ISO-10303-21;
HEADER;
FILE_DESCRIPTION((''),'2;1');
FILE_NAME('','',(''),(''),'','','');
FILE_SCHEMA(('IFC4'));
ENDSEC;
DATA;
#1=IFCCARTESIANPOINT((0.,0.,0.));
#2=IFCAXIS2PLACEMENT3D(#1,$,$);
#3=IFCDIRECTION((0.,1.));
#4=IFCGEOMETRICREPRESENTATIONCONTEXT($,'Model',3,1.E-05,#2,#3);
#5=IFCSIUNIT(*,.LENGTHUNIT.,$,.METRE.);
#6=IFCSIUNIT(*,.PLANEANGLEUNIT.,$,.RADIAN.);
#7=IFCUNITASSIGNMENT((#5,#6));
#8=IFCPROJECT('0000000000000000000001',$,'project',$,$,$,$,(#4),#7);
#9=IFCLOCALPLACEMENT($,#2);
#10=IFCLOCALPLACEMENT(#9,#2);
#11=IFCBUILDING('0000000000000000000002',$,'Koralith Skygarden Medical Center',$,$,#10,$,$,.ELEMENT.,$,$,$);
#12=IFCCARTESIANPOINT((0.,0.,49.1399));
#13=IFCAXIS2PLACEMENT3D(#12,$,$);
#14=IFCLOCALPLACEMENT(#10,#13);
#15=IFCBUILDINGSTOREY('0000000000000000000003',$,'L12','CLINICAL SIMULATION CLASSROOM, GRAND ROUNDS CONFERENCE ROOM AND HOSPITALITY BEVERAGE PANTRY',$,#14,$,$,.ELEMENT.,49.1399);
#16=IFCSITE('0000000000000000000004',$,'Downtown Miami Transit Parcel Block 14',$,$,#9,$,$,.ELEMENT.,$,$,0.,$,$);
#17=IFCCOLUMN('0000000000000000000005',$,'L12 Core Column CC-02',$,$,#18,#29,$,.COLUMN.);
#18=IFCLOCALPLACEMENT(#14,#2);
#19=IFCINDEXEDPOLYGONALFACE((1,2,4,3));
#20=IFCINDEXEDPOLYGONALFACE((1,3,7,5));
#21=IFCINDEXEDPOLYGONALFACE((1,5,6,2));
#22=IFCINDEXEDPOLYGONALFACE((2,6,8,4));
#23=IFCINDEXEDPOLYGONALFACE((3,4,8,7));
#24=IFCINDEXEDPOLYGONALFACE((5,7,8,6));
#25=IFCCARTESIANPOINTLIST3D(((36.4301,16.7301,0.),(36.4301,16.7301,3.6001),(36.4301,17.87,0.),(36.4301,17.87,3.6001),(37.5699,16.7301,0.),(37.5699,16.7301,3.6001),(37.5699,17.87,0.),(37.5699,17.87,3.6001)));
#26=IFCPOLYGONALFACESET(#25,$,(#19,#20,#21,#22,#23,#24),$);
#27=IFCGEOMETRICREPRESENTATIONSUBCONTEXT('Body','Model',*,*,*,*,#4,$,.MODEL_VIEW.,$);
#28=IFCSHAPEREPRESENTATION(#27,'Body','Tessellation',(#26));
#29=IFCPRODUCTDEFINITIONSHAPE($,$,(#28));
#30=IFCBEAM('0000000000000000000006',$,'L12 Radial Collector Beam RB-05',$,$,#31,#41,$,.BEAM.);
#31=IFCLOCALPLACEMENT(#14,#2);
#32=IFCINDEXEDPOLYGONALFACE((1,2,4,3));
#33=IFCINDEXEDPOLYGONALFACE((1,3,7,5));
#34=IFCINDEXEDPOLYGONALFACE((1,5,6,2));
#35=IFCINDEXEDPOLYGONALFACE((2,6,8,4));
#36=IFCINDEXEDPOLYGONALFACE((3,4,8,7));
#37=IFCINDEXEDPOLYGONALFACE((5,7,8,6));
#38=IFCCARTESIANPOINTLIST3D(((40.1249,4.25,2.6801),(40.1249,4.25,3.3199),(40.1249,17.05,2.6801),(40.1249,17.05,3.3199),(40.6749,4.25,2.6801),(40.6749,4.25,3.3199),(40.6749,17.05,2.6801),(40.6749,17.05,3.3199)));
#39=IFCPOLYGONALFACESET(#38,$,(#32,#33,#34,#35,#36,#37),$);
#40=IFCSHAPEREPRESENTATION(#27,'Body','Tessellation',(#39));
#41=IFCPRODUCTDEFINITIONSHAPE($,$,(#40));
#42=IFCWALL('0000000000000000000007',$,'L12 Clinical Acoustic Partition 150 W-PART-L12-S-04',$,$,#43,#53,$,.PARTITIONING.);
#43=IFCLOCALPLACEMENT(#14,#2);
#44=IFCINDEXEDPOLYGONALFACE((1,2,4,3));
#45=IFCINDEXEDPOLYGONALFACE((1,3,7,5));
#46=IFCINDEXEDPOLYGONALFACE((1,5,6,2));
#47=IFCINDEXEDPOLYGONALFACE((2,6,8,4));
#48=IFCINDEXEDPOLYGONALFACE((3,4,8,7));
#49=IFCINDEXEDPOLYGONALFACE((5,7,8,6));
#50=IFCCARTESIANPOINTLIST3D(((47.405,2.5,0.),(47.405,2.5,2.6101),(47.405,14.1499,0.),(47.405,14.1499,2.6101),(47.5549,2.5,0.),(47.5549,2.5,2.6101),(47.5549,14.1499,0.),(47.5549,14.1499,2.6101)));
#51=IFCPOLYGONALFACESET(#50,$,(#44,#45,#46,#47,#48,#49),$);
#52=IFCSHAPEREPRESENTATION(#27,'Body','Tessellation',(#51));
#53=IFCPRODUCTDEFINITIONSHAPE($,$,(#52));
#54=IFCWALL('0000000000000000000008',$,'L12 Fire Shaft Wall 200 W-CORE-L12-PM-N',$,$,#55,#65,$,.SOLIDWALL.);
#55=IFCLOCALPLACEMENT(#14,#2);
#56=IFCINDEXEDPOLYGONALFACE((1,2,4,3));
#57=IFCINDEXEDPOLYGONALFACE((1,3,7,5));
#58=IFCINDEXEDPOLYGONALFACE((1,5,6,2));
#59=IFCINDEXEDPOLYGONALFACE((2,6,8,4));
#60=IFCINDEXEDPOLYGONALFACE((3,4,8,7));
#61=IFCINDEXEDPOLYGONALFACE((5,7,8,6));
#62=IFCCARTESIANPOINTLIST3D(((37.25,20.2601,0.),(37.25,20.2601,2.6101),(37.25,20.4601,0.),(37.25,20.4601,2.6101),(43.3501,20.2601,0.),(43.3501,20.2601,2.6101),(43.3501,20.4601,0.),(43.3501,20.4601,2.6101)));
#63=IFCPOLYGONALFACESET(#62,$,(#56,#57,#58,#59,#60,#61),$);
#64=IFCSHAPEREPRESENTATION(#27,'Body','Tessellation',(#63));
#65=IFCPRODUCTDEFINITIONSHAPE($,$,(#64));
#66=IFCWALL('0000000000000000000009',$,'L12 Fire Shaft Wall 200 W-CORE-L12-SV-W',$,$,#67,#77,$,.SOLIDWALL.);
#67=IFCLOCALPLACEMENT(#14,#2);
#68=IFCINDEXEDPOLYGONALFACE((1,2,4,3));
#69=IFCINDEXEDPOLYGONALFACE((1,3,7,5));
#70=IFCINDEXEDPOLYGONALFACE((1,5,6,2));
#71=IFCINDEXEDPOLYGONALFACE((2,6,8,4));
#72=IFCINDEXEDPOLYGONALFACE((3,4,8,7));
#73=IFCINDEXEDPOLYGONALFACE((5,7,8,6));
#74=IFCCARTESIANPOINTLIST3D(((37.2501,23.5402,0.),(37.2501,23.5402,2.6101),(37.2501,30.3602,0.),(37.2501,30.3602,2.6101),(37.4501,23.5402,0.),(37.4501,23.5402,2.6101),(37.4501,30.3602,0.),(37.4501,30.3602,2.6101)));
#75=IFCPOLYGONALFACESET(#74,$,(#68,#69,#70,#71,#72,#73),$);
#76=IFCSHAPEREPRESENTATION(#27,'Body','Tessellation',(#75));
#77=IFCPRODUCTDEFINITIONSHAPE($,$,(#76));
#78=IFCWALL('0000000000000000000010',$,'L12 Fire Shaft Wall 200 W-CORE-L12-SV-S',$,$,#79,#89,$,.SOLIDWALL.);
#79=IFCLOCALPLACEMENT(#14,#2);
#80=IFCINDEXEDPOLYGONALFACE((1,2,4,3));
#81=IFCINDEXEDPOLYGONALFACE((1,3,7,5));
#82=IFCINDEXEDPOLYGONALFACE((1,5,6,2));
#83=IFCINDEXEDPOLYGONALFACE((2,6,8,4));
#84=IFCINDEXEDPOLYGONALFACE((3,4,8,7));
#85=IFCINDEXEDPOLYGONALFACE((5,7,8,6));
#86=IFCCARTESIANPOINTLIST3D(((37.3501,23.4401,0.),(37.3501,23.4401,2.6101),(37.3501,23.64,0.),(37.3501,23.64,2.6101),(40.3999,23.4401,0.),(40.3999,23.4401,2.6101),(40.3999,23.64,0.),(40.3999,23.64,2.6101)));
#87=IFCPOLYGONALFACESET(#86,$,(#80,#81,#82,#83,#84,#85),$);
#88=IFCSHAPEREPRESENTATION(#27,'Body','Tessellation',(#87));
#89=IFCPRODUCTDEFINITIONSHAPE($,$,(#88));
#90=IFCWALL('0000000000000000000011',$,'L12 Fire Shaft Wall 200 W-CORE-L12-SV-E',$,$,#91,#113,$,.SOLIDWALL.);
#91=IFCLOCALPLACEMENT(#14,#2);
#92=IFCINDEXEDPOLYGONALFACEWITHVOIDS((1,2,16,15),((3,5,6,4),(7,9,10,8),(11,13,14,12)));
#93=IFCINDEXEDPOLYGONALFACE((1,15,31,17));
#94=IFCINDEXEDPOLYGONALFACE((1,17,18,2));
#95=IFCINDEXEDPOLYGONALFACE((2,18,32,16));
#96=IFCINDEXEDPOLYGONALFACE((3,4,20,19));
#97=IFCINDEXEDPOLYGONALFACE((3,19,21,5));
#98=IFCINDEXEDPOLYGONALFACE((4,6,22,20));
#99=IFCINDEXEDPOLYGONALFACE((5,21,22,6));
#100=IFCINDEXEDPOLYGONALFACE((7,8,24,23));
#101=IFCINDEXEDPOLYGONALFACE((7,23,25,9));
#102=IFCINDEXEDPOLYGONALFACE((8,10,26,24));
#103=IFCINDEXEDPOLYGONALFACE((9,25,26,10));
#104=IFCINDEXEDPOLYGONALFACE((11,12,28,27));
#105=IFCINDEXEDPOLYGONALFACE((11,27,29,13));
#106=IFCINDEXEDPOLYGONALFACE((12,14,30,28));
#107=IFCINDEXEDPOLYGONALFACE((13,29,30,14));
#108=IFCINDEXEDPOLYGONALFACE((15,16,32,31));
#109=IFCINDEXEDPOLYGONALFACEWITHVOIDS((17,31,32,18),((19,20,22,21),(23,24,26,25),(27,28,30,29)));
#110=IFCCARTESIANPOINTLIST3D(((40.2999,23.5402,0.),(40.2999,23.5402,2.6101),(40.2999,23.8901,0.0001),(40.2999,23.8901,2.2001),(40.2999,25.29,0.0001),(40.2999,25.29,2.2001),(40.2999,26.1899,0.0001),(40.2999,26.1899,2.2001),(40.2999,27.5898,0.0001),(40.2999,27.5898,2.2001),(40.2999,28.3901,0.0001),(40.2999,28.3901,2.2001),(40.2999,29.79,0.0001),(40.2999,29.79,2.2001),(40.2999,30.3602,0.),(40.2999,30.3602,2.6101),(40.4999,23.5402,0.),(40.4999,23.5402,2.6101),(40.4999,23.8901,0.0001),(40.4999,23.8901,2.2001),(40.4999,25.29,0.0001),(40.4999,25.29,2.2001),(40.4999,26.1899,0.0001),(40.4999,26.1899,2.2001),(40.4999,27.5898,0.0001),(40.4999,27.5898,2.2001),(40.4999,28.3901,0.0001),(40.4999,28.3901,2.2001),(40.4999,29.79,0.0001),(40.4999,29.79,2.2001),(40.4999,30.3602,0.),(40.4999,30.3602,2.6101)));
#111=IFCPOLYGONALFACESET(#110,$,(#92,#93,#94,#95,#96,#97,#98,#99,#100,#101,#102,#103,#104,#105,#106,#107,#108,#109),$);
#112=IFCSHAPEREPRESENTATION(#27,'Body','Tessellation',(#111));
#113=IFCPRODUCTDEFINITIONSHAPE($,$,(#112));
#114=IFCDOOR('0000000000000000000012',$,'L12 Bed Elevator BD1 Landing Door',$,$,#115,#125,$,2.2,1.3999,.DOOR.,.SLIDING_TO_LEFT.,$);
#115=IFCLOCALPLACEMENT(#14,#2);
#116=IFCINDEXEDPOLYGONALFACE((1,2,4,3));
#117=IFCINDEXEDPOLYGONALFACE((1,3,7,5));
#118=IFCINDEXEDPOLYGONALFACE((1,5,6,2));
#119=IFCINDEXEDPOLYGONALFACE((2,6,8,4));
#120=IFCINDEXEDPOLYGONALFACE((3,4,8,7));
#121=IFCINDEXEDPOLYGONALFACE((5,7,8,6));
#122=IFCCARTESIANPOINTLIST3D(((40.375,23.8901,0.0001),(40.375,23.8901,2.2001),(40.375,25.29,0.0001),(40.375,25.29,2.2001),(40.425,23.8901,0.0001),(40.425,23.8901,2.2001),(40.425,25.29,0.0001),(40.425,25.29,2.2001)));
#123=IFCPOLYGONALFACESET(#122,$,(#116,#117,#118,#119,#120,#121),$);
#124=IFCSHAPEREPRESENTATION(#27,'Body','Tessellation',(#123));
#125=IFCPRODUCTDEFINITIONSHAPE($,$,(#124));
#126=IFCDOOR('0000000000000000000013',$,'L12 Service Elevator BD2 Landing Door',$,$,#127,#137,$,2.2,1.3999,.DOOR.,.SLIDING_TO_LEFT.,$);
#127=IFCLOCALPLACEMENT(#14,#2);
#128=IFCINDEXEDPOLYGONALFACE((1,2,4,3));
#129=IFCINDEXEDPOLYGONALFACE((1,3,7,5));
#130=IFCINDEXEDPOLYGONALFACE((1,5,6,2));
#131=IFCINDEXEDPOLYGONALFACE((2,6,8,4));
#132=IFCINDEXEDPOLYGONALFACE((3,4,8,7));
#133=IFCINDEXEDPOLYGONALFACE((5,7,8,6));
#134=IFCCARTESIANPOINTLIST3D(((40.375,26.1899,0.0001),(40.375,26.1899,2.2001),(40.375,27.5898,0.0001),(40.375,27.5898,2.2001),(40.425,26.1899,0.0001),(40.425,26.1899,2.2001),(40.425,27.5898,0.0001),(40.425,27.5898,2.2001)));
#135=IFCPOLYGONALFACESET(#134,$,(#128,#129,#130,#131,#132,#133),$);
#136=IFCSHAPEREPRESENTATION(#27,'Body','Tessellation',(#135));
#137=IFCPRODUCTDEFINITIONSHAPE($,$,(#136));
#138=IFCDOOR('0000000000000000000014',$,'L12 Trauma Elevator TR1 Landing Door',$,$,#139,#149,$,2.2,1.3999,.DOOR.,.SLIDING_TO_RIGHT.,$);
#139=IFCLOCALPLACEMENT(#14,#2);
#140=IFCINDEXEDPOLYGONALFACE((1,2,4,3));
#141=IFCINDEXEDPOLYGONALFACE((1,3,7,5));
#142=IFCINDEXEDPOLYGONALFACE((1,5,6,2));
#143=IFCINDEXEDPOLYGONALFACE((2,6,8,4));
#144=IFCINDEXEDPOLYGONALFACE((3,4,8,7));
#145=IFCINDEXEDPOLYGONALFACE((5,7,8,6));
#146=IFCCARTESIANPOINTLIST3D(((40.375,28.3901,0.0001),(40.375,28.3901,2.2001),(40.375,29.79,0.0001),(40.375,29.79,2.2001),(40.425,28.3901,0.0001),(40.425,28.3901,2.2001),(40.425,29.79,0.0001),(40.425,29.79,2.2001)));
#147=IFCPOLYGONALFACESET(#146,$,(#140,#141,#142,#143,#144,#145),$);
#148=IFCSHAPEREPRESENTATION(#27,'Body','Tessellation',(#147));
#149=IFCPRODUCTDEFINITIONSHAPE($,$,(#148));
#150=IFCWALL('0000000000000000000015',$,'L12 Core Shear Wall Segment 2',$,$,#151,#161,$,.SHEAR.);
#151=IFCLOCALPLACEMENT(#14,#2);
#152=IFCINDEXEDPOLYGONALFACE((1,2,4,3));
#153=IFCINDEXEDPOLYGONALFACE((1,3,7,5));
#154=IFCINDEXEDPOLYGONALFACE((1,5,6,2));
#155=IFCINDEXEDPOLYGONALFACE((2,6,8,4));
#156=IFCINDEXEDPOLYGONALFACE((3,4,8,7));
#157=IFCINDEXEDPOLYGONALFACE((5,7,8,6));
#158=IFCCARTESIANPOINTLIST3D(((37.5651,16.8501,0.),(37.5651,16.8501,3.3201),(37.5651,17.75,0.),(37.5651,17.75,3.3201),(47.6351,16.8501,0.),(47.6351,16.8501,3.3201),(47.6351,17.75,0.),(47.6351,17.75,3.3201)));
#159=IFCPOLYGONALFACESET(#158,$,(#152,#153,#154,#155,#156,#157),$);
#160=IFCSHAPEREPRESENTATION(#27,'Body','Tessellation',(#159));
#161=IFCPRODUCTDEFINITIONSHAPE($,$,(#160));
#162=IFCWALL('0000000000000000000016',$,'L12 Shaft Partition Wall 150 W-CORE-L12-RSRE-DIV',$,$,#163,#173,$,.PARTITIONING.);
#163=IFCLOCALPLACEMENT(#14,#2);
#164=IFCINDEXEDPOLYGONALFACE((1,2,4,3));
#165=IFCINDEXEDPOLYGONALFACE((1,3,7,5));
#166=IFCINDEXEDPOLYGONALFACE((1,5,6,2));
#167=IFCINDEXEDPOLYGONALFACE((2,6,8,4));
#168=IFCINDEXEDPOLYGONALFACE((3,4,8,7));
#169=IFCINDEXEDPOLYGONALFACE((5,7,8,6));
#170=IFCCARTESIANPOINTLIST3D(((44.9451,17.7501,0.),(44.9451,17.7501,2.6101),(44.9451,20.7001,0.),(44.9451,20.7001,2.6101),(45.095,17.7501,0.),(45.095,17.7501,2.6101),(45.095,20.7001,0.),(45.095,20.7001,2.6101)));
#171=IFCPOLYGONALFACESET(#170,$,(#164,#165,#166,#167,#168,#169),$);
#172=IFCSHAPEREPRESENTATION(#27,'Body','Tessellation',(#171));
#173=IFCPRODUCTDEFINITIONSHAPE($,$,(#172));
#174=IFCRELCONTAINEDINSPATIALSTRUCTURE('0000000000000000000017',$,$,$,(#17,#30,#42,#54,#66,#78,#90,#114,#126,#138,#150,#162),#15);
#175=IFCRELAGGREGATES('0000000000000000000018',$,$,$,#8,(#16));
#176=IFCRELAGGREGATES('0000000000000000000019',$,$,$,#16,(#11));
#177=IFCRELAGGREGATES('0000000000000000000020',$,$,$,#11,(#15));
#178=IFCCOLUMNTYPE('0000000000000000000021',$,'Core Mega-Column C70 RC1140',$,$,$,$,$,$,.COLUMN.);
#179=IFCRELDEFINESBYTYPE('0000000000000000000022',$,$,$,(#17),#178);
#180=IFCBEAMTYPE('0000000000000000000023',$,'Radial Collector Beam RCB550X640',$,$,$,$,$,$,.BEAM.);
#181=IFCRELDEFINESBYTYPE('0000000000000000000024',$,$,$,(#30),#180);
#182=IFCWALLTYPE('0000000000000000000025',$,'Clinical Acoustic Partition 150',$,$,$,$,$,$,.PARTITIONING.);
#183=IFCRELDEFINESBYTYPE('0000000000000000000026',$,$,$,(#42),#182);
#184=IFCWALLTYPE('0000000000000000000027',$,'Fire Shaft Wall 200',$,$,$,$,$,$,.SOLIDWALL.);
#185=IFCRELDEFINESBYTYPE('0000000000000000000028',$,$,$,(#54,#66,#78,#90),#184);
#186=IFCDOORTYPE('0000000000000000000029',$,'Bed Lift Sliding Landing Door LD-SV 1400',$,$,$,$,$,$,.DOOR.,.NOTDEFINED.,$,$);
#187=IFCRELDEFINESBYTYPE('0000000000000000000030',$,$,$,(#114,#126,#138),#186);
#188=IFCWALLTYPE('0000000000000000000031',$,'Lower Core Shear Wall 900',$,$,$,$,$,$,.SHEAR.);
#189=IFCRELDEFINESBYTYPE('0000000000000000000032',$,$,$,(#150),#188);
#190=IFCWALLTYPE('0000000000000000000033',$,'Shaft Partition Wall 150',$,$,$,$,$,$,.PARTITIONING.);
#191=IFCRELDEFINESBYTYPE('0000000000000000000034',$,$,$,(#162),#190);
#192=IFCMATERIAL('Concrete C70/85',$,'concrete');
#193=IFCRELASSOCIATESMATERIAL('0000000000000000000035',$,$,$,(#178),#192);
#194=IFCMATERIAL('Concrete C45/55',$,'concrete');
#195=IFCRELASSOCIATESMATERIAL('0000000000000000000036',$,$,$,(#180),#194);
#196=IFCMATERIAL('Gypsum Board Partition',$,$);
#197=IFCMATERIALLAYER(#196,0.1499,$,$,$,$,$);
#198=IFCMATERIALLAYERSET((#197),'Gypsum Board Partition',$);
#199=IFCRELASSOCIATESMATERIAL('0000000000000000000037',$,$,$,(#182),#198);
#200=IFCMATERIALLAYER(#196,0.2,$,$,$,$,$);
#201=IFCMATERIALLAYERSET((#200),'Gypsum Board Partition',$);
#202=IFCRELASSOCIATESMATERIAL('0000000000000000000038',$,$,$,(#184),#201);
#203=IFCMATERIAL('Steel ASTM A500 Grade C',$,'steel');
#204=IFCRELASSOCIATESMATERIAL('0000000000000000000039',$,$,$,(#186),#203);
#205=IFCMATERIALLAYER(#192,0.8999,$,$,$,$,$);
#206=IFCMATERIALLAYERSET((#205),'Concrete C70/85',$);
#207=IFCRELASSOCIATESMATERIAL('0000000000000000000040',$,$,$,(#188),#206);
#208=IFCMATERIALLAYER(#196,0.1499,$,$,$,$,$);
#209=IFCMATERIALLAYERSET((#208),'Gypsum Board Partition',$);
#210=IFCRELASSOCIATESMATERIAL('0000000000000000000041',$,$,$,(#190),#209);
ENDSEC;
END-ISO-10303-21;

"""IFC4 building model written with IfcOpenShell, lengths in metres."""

from ifc_helpers import new_model, si_unit, direction, frame, frame_2d, origin, origin_2d, place, context, subcontext, project, spatial, rectangle, extrude, material, layer, layer_set, material_profile, profile_set, type_object, element, fill, save


model = new_model("IFC4")

# Units and contexts
model_context = context("Model", 3, precision=1e-05, world=origin(), true_north=direction((0.0, 1.0)))
body_context = subcontext(model_context, "Body", "Model", "MODEL_VIEW")
ifc_project = project(units=[si_unit("LENGTHUNIT", "METRE"), si_unit("PLANEANGLEUNIT", "RADIAN")], contexts=[model_context])

# Site, building, storey
site_placement = place(None, origin())
site = spatial("IfcSite", under=ifc_project, at=site_placement, Name="Downtown Miami Transit Parcel Block 14", CompositionType="ELEMENT", RefElevation=0.0)
building_placement = place(site_placement, origin())
building = spatial("IfcBuilding", under=site, at=building_placement, Name="Koralith Skygarden Medical Center", CompositionType="ELEMENT")
storey_placement = place(building_placement, frame((0.0, 0.0, 49.1399)))
storey = spatial("IfcBuildingStorey", under=building, at=storey_placement, Name="L12", Description="CLINICAL SIMULATION CLASSROOM, GRAND ROUNDS CONFERENCE ROOM AND HOSPITALITY BEVERAGE PANTRY", CompositionType="ELEMENT", Elevation=49.1399)

# Column
ifc_material_1 = material(Name="Concrete C70/85", Category="concrete")
ifc_material_profile_1 = material_profile(ifc_material_1, rectangle(XDim=1.1399, YDim=1.1399, at=origin_2d()), Name="RC1140X1140")
ifc_profile_set_1 = profile_set([ifc_material_profile_1], Name="Concrete C70/85")
column_type = type_object("IfcColumnType", Name="Core Mega-Column C70 RC1140", PredefinedType="COLUMN", material=ifc_profile_set_1)
column_placement = place(storey_placement, frame((37.0, 17.3, 0.0), z_axis=(0.0, 0.0, 1.0), x_axis=(1.0, 0.0, 0.0)))
element("IfcColumn", 1, at=column_placement, inside=storey, type_object=column_type, Name="L12 Core Column CC-02", PredefinedType="COLUMN", context=body_context, shape_type="SweptSolid", body=[
    extrude(rectangle(XDim=1.1399, YDim=1.1399, at=origin_2d()), origin(), (0.0, 0.0, 1.0), 3.6001),
])

# Beam
ifc_material_2 = material(Name="Concrete C45/55", Category="concrete")
ifc_material_profile_2 = material_profile(ifc_material_2, rectangle(XDim=0.55, YDim=0.6399, at=origin_2d()), Name="RCB550X640")
ifc_profile_set_2 = profile_set([ifc_material_profile_2], Name="Concrete C45/55")
beam_type = type_object("IfcBeamType", Name="Radial Collector Beam RCB550X640", PredefinedType="BEAM", material=ifc_profile_set_2)
beam_placement = place(storey_placement, frame((40.3999, 17.05, 3.0), z_axis=(0.0, -1.0, 0.0), x_axis=(1.0, 0.0, 0.0)))
element("IfcBeam", 2, at=beam_placement, inside=storey, type_object=beam_type, Name="L12 Radial Collector Beam RB-05", PredefinedType="BEAM", context=body_context, shape_type="SweptSolid", body=[
    extrude(rectangle(XDim=0.55, YDim=0.6399, at=origin_2d()), origin(), (0.0, 0.0, 1.0), 12.8),
])

# Wall
ifc_material_3 = material(Name="Gypsum Board Partition")
ifc_layer_1 = layer(ifc_material_3, 0.1499)
ifc_layer_set_1 = layer_set([ifc_layer_1], Name="Gypsum Board Partition")
wall_type_1 = type_object("IfcWallType", Name="Clinical Acoustic Partition 150", PredefinedType="PARTITIONING", material=ifc_layer_set_1)
wall_1_placement = place(storey_placement, frame((47.48, 14.1499, 0.0), z_axis=(0.0, 0.0, 1.0), x_axis=(0.0, -1.0, 0.0)))
element("IfcWall", 3, at=wall_1_placement, inside=storey, type_object=wall_type_1, Name="L12 Clinical Acoustic Partition 150 W-PART-L12-S-04", PredefinedType="PARTITIONING", context=body_context, shape_type="SweptSolid", body=[
    extrude(rectangle(XDim=11.6499, YDim=0.1499, at=frame_2d((5.825, 0.0))), origin(), (0.0, 0.0, 1.0), 2.6101),
])

# Shared definitions
ifc_layer_2 = layer(ifc_material_3, 0.2)
ifc_layer_set_2 = layer_set([ifc_layer_2], Name="Gypsum Board Partition")
wall_type_2 = type_object("IfcWallType", Name="Fire Shaft Wall 200", PredefinedType="SOLIDWALL", material=ifc_layer_set_2)
ifc_material_4 = material(Name="Steel ASTM A500 Grade C", Category="steel")

# Walls
wall_2_placement = place(storey_placement, frame((37.25, 20.3601, 0.0), z_axis=(0.0, 0.0, 1.0), x_axis=(1.0, 0.0, 0.0)))
element("IfcWall", 4, at=wall_2_placement, inside=storey, type_object=wall_type_2, Name="L12 Fire Shaft Wall 200 W-CORE-L12-PM-N", PredefinedType="SOLIDWALL", context=body_context, shape_type="SweptSolid", body=[
    extrude(rectangle(XDim=6.1001, YDim=0.2, at=frame_2d((3.05, 0.0))), origin(), (0.0, 0.0, 1.0), 2.6101),
])
wall_3_placement = place(storey_placement, frame((37.3501, 23.54, 0.0), z_axis=(0.0, 0.0, 1.0), x_axis=(0.0, 1.0, 0.0)))
element("IfcWall", 5, at=wall_3_placement, inside=storey, type_object=wall_type_2, Name="L12 Fire Shaft Wall 200 W-CORE-L12-SV-W", PredefinedType="SOLIDWALL", context=body_context, shape_type="SweptSolid", body=[
    extrude(rectangle(XDim=6.8201, YDim=0.2, at=frame_2d((3.4102, 0.0))), origin(), (0.0, 0.0, 1.0), 2.6101),
])
wall_4_placement = place(storey_placement, frame((37.3501, 23.54, 0.0), z_axis=(0.0, 0.0, 1.0), x_axis=(1.0, 0.0, 0.0)))
element("IfcWall", 6, at=wall_4_placement, inside=storey, type_object=wall_type_2, Name="L12 Fire Shaft Wall 200 W-CORE-L12-SV-S", PredefinedType="SOLIDWALL", context=body_context, shape_type="SweptSolid", body=[
    extrude(rectangle(XDim=3.0498, YDim=0.2, at=frame_2d((1.5249, 0.0))), origin(), (0.0, 0.0, 1.0), 2.6101),
])

# Wall, openings, doors
wall_5_placement = place(storey_placement, frame((40.3999, 23.54, 0.0), z_axis=(0.0, 0.0, 1.0), x_axis=(0.0, 1.0, 0.0)))
wall_5 = element("IfcWall", 7, at=wall_5_placement, inside=storey, type_object=wall_type_2, Name="L12 Fire Shaft Wall 200 W-CORE-L12-SV-E", PredefinedType="SOLIDWALL", context=body_context, shape_type="SweptSolid", body=[
    extrude(rectangle(XDim=6.8201, YDim=0.2, at=frame_2d((3.4102, 0.0))), origin(), (0.0, 0.0, 1.0), 2.6101),
])
opening_1_placement = place(wall_5_placement, frame((0.3501, 0.0, 0.0)))
opening_1 = element("IfcOpeningElement", 8, at=opening_1_placement, cuts=wall_5, PredefinedType="OPENING", context=body_context, shape_type="SweptSolid", body=[
    extrude(rectangle(XDim=1.3999, YDim=2.2, at=frame_2d((0.7, 1.1001))), frame((0.0, 0.1099, 0.0), z_axis=(0.0, -1.0, 0.0), x_axis=(1.0, 0.0, 0.0)), (0.0, 0.0, 1.0), 0.22),
])
opening_2_placement = place(wall_5_placement, frame((2.6499, 0.0, 0.0)))
opening_2 = element("IfcOpeningElement", 9, at=opening_2_placement, cuts=wall_5, PredefinedType="OPENING", context=body_context, shape_type="SweptSolid", body=[
    extrude(rectangle(XDim=1.3999, YDim=2.2, at=frame_2d((0.7, 1.1001))), frame((0.0, 0.1099, 0.0), z_axis=(0.0, -1.0, 0.0), x_axis=(1.0, 0.0, 0.0)), (0.0, 0.0, 1.0), 0.22),
])
opening_3_placement = place(wall_5_placement, frame((4.8501, 0.0, 0.0)))
opening_3 = element("IfcOpeningElement", 10, at=opening_3_placement, cuts=wall_5, PredefinedType="OPENING", context=body_context, shape_type="SweptSolid", body=[
    extrude(rectangle(XDim=1.3999, YDim=2.2, at=frame_2d((0.7, 1.1001))), frame((0.0, 0.1099, 0.0), z_axis=(0.0, -1.0, 0.0), x_axis=(1.0, 0.0, 0.0)), (0.0, 0.0, 1.0), 0.22),
])
door_type_1 = type_object("IfcDoorType", Name="Bed Lift Sliding Landing Door LD-SV 1400", OperationType="NOTDEFINED", PredefinedType="DOOR", material=ifc_material_4)
door_1_placement = place(opening_1_placement, origin())
door_1 = element("IfcDoor", 11, at=door_1_placement, inside=storey, type_object=door_type_1, Name="L12 Bed Elevator BD1 Landing Door", OperationType="SLIDING_TO_LEFT", OverallHeight=2.2, OverallWidth=1.3999, PredefinedType="DOOR", context=body_context, shape_type="SweptSolid", body=[
    extrude(rectangle(XDim=1.3999, YDim=2.2, at=frame_2d((0.7, 1.1001))), frame((0.0, 0.0249, 0.0), z_axis=(0.0, -1.0, 0.0), x_axis=(1.0, 0.0, 0.0)), (0.0, 0.0, 1.0), 0.05),
])
fill(opening_1, door_1)
door_2_placement = place(opening_2_placement, origin())
door_2 = element("IfcDoor", 12, at=door_2_placement, inside=storey, type_object=door_type_1, Name="L12 Service Elevator BD2 Landing Door", OperationType="SLIDING_TO_LEFT", OverallHeight=2.2, OverallWidth=1.3999, PredefinedType="DOOR", context=body_context, shape_type="SweptSolid", body=[
    extrude(rectangle(XDim=1.3999, YDim=2.2, at=frame_2d((0.7, 1.1001))), frame((0.0, 0.0249, 0.0), z_axis=(0.0, -1.0, 0.0), x_axis=(1.0, 0.0, 0.0)), (0.0, 0.0, 1.0), 0.05),
])
fill(opening_2, door_2)
door_3_placement = place(opening_3_placement, origin())
door_3 = element("IfcDoor", 13, at=door_3_placement, inside=storey, type_object=door_type_1, Name="L12 Trauma Elevator TR1 Landing Door", OperationType="SLIDING_TO_RIGHT", OverallHeight=2.2, OverallWidth=1.3999, PredefinedType="DOOR", context=body_context, shape_type="SweptSolid", body=[
    extrude(rectangle(XDim=1.3999, YDim=2.2, at=frame_2d((0.7, 1.1001))), frame((0.0, 0.0249, 0.0), z_axis=(0.0, -1.0, 0.0), x_axis=(1.0, 0.0, 0.0)), (0.0, 0.0, 1.0), 0.05),
])
fill(opening_3, door_3)

# Walls
ifc_layer_3 = layer(ifc_material_1, 0.8999)
ifc_layer_set_3 = layer_set([ifc_layer_3], Name="Concrete C70/85")
wall_type_3 = type_object("IfcWallType", Name="Lower Core Shear Wall 900", PredefinedType="SHEAR", material=ifc_layer_set_3)
wall_6_placement = place(storey_placement, frame((37.5649, 17.3, 0.0), z_axis=(0.0, 0.0, 1.0), x_axis=(1.0, 0.0, 0.0)))
element("IfcWall", 14, at=wall_6_placement, inside=storey, type_object=wall_type_3, Name="L12 Core Shear Wall Segment 2", PredefinedType="SHEAR", context=body_context, shape_type="SweptSolid", body=[
    extrude(rectangle(XDim=10.0701, YDim=0.8999, at=frame_2d((5.0352, 0.0))), origin(), (0.0, 0.0, 1.0), 3.3201),
])
ifc_layer_4 = layer(ifc_material_3, 0.1499)
ifc_layer_set_4 = layer_set([ifc_layer_4], Name="Gypsum Board Partition")
wall_type_4 = type_object("IfcWallType", Name="Shaft Partition Wall 150", PredefinedType="PARTITIONING", material=ifc_layer_set_4)
wall_7_placement = place(storey_placement, frame((45.02, 17.75, 0.0), z_axis=(0.0, 0.0, 1.0), x_axis=(0.0, 1.0, 0.0)))
element("IfcWall", 15, at=wall_7_placement, inside=storey, type_object=wall_type_4, Name="L12 Shaft Partition Wall 150 W-CORE-L12-RSRE-DIV", PredefinedType="PARTITIONING", context=body_context, shape_type="SweptSolid", body=[
    extrude(rectangle(XDim=2.95, YDim=0.1499, at=frame_2d((1.4751, 0.0))), origin(), (0.0, 0.0, 1.0), 2.6101),
])

save(model, "model.ifc")
